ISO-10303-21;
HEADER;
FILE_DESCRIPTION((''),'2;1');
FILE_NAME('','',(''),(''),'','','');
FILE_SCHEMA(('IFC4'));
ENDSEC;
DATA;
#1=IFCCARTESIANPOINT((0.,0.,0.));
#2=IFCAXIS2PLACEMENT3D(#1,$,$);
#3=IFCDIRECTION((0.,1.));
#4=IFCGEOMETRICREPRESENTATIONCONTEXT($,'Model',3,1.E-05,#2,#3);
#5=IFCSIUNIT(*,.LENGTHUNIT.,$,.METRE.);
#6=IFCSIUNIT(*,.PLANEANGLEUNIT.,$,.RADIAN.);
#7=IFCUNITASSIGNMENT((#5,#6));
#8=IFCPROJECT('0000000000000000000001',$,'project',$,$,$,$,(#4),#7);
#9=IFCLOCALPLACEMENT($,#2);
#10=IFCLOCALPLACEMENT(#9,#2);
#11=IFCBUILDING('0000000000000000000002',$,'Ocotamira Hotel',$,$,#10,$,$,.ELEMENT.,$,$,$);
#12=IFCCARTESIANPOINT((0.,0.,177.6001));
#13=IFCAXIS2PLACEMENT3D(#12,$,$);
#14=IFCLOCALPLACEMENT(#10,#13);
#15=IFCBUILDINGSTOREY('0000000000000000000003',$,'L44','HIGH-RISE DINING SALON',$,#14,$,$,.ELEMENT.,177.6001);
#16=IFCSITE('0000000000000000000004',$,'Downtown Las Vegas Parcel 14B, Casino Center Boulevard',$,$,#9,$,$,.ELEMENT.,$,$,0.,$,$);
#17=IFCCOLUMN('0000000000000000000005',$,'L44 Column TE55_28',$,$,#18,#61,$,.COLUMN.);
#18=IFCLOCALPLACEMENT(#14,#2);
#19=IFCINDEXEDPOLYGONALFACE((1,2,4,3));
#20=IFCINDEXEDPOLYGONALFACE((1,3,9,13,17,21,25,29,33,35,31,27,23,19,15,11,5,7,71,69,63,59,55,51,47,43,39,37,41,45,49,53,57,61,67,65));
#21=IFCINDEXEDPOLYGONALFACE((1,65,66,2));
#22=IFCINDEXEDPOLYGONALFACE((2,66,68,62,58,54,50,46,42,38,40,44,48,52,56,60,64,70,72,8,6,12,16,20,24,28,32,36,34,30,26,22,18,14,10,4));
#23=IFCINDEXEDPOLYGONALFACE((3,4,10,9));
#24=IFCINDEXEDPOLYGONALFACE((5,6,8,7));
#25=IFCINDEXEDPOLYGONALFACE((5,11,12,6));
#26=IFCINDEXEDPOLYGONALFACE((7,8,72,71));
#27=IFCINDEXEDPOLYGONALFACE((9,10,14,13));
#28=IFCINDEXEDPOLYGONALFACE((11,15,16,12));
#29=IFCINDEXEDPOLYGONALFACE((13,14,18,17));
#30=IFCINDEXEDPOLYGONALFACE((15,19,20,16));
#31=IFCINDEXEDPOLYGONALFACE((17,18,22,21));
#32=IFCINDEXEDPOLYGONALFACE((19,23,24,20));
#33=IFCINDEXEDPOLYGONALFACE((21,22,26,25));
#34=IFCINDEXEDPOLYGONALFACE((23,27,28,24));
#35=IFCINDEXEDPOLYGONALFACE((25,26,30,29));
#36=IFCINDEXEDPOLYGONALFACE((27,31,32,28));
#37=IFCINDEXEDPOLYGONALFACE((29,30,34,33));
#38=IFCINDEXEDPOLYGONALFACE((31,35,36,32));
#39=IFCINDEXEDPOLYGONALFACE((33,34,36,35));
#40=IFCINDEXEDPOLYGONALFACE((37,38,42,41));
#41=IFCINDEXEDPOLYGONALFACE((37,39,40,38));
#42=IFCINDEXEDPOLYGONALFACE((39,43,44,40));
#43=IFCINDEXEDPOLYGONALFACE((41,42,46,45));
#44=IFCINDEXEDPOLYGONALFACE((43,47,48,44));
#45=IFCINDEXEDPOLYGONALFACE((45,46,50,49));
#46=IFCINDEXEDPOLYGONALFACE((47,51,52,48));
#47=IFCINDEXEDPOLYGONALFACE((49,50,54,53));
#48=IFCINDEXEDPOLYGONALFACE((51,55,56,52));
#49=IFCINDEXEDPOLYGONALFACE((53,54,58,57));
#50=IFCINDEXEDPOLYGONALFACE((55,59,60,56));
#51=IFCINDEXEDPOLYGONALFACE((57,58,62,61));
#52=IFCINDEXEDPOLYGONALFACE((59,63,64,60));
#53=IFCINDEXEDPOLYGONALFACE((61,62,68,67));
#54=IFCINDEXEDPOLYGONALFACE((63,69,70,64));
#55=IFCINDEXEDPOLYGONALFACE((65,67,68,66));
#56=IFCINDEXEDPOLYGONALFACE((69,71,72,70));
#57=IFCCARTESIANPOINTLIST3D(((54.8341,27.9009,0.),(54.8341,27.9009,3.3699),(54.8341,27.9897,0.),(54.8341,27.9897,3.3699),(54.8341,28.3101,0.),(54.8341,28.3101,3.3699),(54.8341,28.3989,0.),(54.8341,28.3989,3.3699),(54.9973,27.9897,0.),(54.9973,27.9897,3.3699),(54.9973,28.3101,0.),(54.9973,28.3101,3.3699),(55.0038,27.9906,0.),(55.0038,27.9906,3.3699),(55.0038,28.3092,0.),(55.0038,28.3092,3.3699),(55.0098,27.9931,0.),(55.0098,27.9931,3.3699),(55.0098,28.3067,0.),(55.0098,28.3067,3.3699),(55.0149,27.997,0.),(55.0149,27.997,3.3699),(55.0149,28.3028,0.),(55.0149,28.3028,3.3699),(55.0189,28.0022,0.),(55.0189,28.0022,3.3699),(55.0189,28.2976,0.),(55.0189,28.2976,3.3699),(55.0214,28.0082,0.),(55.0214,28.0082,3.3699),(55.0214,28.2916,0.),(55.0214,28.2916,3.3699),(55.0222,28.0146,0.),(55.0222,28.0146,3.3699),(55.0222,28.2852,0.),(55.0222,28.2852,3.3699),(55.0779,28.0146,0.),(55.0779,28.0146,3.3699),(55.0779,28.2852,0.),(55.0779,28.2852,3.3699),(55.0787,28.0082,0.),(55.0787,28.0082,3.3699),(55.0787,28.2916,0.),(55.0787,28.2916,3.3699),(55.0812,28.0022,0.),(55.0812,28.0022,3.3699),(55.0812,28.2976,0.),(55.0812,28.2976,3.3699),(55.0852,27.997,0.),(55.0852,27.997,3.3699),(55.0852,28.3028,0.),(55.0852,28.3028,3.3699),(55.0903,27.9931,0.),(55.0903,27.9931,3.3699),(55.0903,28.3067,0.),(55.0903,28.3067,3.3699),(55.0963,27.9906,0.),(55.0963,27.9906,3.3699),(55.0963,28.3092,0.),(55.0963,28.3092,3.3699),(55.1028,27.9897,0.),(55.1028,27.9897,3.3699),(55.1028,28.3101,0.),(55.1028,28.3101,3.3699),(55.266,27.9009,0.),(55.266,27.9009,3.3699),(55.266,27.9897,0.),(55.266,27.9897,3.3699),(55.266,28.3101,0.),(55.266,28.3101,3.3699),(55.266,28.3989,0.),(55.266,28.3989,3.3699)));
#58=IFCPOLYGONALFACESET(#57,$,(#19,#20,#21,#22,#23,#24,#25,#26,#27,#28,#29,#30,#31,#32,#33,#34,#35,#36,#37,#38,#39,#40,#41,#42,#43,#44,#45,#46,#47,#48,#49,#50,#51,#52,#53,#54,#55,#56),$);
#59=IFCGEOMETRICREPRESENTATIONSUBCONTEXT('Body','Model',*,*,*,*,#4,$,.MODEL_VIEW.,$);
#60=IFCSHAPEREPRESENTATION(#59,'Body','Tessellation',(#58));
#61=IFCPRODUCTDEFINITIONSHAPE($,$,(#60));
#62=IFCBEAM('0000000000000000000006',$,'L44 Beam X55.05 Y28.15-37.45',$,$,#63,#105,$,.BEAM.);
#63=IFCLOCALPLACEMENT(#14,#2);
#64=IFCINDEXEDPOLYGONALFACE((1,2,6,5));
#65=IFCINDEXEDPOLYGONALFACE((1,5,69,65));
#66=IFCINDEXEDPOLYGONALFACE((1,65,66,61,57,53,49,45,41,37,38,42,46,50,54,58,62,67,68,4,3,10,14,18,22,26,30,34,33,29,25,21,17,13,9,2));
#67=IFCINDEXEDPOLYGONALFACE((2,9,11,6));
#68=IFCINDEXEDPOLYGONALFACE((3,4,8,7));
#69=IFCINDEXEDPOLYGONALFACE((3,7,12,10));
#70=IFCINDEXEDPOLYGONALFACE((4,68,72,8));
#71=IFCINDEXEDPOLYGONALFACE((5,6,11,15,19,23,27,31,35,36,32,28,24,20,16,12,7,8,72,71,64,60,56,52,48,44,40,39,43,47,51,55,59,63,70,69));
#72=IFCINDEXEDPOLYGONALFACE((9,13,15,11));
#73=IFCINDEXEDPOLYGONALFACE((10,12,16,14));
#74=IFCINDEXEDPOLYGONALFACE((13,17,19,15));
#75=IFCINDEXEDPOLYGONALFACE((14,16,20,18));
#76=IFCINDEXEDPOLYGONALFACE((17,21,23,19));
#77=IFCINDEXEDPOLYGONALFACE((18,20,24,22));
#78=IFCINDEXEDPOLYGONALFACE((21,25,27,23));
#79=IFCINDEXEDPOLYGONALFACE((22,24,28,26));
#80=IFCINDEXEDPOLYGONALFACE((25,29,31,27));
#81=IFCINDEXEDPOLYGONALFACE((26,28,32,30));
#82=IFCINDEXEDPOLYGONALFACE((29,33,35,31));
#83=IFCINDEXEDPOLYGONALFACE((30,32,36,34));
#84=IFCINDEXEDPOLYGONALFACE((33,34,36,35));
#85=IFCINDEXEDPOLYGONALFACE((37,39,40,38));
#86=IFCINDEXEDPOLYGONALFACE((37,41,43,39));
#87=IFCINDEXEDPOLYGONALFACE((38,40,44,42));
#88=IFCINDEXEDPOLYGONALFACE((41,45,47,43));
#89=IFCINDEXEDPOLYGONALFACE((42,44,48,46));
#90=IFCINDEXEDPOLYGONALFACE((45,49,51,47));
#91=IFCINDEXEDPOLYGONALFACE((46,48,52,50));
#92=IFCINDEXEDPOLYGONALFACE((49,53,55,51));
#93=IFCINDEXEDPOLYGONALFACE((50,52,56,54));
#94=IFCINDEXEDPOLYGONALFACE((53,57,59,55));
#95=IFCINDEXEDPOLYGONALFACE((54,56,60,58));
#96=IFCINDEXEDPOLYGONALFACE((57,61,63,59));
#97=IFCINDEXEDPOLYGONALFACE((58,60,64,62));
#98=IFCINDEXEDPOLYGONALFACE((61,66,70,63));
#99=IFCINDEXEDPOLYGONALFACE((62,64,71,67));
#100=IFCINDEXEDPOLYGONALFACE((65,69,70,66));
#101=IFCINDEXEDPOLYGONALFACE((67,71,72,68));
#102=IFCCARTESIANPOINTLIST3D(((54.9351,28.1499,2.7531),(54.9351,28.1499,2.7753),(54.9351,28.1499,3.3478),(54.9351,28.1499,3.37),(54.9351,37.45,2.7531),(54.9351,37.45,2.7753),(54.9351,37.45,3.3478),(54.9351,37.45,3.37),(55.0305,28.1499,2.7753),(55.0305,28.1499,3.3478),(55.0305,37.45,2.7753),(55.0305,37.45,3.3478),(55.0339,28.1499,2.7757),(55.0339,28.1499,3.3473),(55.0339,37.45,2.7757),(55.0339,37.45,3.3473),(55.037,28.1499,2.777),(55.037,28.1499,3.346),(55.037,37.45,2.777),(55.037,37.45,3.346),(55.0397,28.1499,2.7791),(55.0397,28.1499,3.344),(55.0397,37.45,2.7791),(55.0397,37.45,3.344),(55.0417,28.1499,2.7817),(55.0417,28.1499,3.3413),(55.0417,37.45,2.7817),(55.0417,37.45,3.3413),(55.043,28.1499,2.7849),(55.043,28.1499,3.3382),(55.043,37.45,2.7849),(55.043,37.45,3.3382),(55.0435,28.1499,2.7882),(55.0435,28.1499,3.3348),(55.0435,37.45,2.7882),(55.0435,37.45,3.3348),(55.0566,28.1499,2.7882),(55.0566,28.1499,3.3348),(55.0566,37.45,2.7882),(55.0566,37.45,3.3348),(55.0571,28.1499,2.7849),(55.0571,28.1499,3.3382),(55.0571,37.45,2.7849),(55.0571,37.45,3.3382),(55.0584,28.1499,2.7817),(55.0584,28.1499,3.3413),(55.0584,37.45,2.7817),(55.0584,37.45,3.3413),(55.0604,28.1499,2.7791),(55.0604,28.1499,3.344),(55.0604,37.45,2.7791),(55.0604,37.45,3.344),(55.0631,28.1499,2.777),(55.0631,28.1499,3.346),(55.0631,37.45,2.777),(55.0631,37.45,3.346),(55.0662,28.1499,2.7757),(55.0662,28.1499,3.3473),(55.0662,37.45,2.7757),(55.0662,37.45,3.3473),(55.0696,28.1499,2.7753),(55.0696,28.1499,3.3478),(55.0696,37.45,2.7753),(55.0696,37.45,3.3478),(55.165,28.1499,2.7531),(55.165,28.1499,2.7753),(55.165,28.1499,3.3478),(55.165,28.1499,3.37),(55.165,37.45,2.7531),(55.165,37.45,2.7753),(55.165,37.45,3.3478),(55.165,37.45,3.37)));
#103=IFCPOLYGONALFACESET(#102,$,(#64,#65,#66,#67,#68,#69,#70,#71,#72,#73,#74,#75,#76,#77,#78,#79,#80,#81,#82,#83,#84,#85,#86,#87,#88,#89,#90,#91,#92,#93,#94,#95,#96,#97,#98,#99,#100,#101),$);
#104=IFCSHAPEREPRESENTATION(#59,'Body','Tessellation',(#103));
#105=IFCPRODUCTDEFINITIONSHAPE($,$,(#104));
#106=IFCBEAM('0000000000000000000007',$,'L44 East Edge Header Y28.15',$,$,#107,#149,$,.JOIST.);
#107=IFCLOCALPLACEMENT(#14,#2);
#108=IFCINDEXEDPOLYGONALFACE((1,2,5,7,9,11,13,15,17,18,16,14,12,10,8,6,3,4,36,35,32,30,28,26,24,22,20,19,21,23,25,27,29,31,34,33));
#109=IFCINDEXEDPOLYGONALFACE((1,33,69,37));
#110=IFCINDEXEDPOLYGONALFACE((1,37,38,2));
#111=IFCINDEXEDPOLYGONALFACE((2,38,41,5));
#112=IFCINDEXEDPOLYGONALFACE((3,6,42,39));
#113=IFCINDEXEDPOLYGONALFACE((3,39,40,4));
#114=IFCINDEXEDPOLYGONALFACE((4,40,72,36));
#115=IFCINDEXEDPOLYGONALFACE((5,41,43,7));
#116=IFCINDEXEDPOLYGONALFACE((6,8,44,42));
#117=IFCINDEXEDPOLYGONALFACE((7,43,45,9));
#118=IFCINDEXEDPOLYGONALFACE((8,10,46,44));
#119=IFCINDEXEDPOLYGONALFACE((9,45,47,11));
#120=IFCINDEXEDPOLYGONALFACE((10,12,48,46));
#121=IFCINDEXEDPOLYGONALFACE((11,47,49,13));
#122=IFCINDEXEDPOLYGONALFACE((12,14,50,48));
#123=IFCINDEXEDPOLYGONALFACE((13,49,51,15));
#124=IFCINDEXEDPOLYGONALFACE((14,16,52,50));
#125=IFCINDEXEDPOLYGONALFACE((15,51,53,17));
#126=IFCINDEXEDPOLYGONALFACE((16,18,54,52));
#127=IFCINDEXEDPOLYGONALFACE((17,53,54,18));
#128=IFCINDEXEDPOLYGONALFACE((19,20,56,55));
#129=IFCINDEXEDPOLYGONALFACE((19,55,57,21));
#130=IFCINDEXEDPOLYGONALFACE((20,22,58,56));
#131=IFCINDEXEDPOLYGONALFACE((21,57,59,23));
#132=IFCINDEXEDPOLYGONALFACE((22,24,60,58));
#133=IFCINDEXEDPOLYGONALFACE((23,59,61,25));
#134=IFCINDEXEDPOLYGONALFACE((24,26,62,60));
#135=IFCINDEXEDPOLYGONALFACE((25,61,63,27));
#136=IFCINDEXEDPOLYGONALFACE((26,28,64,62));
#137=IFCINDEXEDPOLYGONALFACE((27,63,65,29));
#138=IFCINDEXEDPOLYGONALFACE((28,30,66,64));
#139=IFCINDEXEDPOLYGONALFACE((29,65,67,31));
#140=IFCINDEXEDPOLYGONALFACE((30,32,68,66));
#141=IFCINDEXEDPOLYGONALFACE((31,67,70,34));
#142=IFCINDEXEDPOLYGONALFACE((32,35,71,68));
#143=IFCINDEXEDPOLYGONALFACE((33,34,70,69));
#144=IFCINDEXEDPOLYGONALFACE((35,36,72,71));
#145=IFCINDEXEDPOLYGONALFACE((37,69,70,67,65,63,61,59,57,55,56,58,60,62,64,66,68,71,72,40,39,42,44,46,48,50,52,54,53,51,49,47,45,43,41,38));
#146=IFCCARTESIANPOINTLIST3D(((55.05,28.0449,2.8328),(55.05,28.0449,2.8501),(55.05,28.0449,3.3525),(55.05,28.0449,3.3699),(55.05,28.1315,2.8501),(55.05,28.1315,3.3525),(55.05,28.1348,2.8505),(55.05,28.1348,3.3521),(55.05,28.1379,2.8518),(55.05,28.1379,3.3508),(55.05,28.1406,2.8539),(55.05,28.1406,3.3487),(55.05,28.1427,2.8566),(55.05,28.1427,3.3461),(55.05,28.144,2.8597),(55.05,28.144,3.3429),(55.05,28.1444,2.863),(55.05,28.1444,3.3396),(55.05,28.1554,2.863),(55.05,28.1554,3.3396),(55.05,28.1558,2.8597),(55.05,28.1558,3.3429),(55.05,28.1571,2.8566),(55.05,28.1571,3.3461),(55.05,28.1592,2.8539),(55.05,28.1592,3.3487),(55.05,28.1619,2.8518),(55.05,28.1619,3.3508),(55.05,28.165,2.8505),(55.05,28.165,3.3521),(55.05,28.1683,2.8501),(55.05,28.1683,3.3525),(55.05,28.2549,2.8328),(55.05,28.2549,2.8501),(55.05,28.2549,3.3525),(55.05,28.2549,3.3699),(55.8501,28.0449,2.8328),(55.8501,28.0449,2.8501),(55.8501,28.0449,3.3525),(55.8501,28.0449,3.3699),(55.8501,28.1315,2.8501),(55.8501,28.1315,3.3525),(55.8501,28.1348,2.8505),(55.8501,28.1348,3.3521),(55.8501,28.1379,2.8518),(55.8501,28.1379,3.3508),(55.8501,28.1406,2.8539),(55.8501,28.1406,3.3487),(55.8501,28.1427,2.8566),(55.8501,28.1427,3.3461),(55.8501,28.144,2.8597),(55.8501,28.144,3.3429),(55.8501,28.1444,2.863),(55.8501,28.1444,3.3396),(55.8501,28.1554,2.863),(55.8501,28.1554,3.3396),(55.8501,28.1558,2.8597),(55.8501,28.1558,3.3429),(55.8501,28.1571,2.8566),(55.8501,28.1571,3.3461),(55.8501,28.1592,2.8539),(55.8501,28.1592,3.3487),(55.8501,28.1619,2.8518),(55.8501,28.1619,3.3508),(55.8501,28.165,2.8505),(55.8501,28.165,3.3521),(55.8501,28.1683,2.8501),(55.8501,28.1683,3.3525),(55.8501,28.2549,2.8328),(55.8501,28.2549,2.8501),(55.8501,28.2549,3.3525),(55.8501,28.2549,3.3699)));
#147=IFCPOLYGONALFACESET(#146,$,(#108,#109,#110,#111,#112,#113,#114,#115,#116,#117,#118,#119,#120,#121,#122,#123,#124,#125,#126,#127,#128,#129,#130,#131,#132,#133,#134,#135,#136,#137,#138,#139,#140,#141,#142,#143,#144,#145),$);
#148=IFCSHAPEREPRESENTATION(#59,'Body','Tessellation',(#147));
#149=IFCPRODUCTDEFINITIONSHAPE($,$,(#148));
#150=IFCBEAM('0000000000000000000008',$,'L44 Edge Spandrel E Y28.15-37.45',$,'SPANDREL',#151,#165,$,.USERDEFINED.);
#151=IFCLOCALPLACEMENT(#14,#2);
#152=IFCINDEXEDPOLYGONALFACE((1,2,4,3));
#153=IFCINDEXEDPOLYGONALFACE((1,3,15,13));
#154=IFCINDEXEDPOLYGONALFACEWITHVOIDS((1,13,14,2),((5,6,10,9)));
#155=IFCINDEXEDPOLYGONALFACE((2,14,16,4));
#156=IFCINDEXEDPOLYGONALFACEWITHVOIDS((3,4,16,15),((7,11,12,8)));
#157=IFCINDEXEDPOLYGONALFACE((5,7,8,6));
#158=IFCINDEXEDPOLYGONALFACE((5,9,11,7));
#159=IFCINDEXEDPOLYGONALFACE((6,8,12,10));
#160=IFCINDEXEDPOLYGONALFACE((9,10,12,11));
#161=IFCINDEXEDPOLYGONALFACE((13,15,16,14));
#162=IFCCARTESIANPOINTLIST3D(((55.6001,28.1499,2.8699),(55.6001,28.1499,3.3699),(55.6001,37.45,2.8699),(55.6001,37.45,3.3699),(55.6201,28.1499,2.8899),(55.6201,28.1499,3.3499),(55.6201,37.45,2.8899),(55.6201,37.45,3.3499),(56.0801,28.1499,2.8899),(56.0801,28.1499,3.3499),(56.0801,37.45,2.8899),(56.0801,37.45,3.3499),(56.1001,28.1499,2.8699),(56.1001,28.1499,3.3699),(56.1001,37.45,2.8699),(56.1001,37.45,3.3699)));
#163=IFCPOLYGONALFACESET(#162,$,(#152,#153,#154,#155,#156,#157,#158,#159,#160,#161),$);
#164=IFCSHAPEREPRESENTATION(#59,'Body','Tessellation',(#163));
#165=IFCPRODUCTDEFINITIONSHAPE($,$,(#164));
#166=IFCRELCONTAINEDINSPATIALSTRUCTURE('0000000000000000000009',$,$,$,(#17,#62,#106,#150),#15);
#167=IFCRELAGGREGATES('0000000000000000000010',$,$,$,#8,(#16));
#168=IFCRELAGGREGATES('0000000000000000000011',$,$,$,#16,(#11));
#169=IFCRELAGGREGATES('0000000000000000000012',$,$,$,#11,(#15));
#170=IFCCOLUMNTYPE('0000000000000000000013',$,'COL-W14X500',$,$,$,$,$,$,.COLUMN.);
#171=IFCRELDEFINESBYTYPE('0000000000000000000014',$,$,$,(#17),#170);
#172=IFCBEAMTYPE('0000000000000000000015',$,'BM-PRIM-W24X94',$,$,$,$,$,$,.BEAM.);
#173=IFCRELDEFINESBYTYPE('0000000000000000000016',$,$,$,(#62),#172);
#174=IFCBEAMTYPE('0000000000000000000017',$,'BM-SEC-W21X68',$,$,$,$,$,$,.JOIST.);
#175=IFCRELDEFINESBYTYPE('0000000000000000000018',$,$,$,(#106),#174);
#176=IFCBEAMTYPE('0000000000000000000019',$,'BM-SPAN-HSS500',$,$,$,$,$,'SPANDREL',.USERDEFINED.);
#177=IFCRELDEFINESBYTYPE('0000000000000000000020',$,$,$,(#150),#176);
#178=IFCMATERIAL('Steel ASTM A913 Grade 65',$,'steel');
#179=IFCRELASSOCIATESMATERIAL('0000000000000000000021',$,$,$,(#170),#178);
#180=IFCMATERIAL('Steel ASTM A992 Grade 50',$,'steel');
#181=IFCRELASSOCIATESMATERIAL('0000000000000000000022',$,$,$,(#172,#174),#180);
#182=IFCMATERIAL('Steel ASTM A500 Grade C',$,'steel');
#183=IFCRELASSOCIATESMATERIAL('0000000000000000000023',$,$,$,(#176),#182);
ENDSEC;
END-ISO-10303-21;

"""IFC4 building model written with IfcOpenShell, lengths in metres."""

from ifc_helpers import new_model, si_unit, direction, frame, origin, origin_2d, place, context, subcontext, project, spatial, hollow_rectangle, i_section, extrude, source, transform, mapped, material, material_profile, profile_set, type_object, element, save


model = new_model("IFC4")

# Units and contexts
model_context = context("Model", 3, precision=1e-05, world=origin(), true_north=direction((0.0, 1.0)))
body_context = subcontext(model_context, "Body", "Model", "MODEL_VIEW")
ifc_project = project(units=[si_unit("LENGTHUNIT", "METRE"), si_unit("PLANEANGLEUNIT", "RADIAN")], contexts=[model_context])

# Site, building, storey
site_placement = place(None, origin())
site = spatial("IfcSite", under=ifc_project, at=site_placement, Name="Downtown Las Vegas Parcel 14B, Casino Center Boulevard", CompositionType="ELEMENT", RefElevation=0.0)
building_placement = place(site_placement, origin())
building = spatial("IfcBuilding", under=site, at=building_placement, Name="Ocotamira Hotel", CompositionType="ELEMENT")
storey_placement = place(building_placement, frame((0.0, 0.0, 177.6001)))
storey = spatial("IfcBuildingStorey", under=building, at=storey_placement, Name="L44", Description="HIGH-RISE DINING SALON", CompositionType="ELEMENT", Elevation=177.6001)

# Column
ifc_material_1 = material(Name="Steel ASTM A913 Grade 65", Category="steel")
ifc_material_profile_1 = material_profile(ifc_material_1, i_section(OverallWidth=0.4319, OverallDepth=0.498, WebThickness=0.0557, FlangeThickness=0.0889, FilletRadius=0.0249, at=origin_2d()), Name="W14X500")
ifc_profile_set_1 = profile_set([ifc_material_profile_1], Name="Steel ASTM A913 Grade 65")
column_type = type_object("IfcColumnType", Name="COL-W14X500", PredefinedType="COLUMN", material=ifc_profile_set_1)
shared_shape_1 = source(origin(), body_context, "Body", "SweptSolid", [
    extrude(i_section(OverallWidth=0.4319, OverallDepth=0.498, WebThickness=0.0557, FlangeThickness=0.0889, FilletRadius=0.0249, at=origin_2d()), origin(), (0.0, 0.0, 1.0), 3.3699),
])
column_placement = place(storey_placement, frame((55.05, 28.1499, 0.0), z_axis=(0.0, 0.0, 1.0), x_axis=(1.0, 0.0, 0.0)))
element("IfcColumn", 1, at=column_placement, inside=storey, type_object=column_type, Name="L44 Column TE55_28", PredefinedType="COLUMN", context=body_context, shape_type="MappedRepresentation", body=[
    mapped(shared_shape_1, transform((0.0, 0.0, 0.0), scale=1.0)),
])

# Beams
ifc_material_2 = material(Name="Steel ASTM A992 Grade 50", Category="steel")
ifc_material_profile_2 = material_profile(ifc_material_2, i_section(OverallWidth=0.23, OverallDepth=0.6169, WebThickness=0.0132, FlangeThickness=0.0222, FilletRadius=0.0129, at=origin_2d()), Name="W24X94")
ifc_profile_set_2 = profile_set([ifc_material_profile_2], Name="Steel ASTM A992 Grade 50")
beam_type_1 = type_object("IfcBeamType", Name="BM-PRIM-W24X94", PredefinedType="BEAM", material=ifc_profile_set_2)
shared_shape_2 = source(origin(), body_context, "Body", "SweptSolid", [
    extrude(i_section(OverallWidth=0.23, OverallDepth=0.6169, WebThickness=0.0132, FlangeThickness=0.0222, FilletRadius=0.0129, at=origin_2d()), origin(), (0.0, 0.0, 1.0), 9.3),
])
beam_1_placement = place(storey_placement, frame((55.05, 28.1499, 3.0615), z_axis=(0.0, 1.0, 0.0), x_axis=(-1.0, 0.0, 0.0)))
element("IfcBeam", 2, at=beam_1_placement, inside=storey, type_object=beam_type_1, Name="L44 Beam X55.05 Y28.15-37.45", PredefinedType="BEAM", context=body_context, shape_type="MappedRepresentation", body=[
    mapped(shared_shape_2, transform((0.0, 0.0, 0.0), scale=1.0)),
])
ifc_material_profile_3 = material_profile(ifc_material_2, i_section(OverallWidth=0.21, OverallDepth=0.5371, WebThickness=0.011, FlangeThickness=0.0173, FilletRadius=0.0129, at=origin_2d()), Name="W21X68")
ifc_profile_set_3 = profile_set([ifc_material_profile_3], Name="Steel ASTM A992 Grade 50")
beam_type_2 = type_object("IfcBeamType", Name="BM-SEC-W21X68", PredefinedType="JOIST", material=ifc_profile_set_3)
shared_shape_3 = source(origin(), body_context, "Body", "SweptSolid", [
    extrude(i_section(OverallWidth=0.21, OverallDepth=0.5371, WebThickness=0.011, FlangeThickness=0.0173, FilletRadius=0.0129, at=origin_2d()), origin(), (0.0, 0.0, 1.0), 0.8),
])
beam_2_placement = place(storey_placement, frame((55.05, 28.1499, 3.1013), z_axis=(1.0, 0.0, 0.0), x_axis=(0.0, 1.0, 0.0)))
element("IfcBeam", 3, at=beam_2_placement, inside=storey, type_object=beam_type_2, Name="L44 East Edge Header Y28.15", PredefinedType="JOIST", context=body_context, shape_type="MappedRepresentation", body=[
    mapped(shared_shape_3, transform((0.0, 0.0, 0.0), scale=1.0)),
])
ifc_material_3 = material(Name="Steel ASTM A500 Grade C", Category="steel")
ifc_material_profile_4 = material_profile(ifc_material_3, hollow_rectangle(XDim=0.5, YDim=0.5, WallThickness=0.02, at=origin_2d()), Name="HSS500X500X20")
ifc_profile_set_4 = profile_set([ifc_material_profile_4], Name="Steel ASTM A500 Grade C")
beam_type_3 = type_object("IfcBeamType", Name="BM-SPAN-HSS500", ElementType="SPANDREL", PredefinedType="USERDEFINED", material=ifc_profile_set_4)
shared_shape_4 = source(origin(), body_context, "Body", "SweptSolid", [
    extrude(hollow_rectangle(XDim=0.5, YDim=0.5, WallThickness=0.02, at=origin_2d()), origin(), (0.0, 0.0, 1.0), 9.3),
])
beam_3_placement = place(storey_placement, frame((55.8501, 28.1499, 3.1199), z_axis=(0.0, 1.0, 0.0), x_axis=(-1.0, 0.0, 0.0)))
element("IfcBeam", 4, at=beam_3_placement, inside=storey, type_object=beam_type_3, Name="L44 Edge Spandrel E Y28.15-37.45", ObjectType="SPANDREL", PredefinedType="USERDEFINED", context=body_context, shape_type="MappedRepresentation", body=[
    mapped(shared_shape_4, transform((0.0, 0.0, 0.0), scale=1.0)),
])

save(model, "model.ifc")
